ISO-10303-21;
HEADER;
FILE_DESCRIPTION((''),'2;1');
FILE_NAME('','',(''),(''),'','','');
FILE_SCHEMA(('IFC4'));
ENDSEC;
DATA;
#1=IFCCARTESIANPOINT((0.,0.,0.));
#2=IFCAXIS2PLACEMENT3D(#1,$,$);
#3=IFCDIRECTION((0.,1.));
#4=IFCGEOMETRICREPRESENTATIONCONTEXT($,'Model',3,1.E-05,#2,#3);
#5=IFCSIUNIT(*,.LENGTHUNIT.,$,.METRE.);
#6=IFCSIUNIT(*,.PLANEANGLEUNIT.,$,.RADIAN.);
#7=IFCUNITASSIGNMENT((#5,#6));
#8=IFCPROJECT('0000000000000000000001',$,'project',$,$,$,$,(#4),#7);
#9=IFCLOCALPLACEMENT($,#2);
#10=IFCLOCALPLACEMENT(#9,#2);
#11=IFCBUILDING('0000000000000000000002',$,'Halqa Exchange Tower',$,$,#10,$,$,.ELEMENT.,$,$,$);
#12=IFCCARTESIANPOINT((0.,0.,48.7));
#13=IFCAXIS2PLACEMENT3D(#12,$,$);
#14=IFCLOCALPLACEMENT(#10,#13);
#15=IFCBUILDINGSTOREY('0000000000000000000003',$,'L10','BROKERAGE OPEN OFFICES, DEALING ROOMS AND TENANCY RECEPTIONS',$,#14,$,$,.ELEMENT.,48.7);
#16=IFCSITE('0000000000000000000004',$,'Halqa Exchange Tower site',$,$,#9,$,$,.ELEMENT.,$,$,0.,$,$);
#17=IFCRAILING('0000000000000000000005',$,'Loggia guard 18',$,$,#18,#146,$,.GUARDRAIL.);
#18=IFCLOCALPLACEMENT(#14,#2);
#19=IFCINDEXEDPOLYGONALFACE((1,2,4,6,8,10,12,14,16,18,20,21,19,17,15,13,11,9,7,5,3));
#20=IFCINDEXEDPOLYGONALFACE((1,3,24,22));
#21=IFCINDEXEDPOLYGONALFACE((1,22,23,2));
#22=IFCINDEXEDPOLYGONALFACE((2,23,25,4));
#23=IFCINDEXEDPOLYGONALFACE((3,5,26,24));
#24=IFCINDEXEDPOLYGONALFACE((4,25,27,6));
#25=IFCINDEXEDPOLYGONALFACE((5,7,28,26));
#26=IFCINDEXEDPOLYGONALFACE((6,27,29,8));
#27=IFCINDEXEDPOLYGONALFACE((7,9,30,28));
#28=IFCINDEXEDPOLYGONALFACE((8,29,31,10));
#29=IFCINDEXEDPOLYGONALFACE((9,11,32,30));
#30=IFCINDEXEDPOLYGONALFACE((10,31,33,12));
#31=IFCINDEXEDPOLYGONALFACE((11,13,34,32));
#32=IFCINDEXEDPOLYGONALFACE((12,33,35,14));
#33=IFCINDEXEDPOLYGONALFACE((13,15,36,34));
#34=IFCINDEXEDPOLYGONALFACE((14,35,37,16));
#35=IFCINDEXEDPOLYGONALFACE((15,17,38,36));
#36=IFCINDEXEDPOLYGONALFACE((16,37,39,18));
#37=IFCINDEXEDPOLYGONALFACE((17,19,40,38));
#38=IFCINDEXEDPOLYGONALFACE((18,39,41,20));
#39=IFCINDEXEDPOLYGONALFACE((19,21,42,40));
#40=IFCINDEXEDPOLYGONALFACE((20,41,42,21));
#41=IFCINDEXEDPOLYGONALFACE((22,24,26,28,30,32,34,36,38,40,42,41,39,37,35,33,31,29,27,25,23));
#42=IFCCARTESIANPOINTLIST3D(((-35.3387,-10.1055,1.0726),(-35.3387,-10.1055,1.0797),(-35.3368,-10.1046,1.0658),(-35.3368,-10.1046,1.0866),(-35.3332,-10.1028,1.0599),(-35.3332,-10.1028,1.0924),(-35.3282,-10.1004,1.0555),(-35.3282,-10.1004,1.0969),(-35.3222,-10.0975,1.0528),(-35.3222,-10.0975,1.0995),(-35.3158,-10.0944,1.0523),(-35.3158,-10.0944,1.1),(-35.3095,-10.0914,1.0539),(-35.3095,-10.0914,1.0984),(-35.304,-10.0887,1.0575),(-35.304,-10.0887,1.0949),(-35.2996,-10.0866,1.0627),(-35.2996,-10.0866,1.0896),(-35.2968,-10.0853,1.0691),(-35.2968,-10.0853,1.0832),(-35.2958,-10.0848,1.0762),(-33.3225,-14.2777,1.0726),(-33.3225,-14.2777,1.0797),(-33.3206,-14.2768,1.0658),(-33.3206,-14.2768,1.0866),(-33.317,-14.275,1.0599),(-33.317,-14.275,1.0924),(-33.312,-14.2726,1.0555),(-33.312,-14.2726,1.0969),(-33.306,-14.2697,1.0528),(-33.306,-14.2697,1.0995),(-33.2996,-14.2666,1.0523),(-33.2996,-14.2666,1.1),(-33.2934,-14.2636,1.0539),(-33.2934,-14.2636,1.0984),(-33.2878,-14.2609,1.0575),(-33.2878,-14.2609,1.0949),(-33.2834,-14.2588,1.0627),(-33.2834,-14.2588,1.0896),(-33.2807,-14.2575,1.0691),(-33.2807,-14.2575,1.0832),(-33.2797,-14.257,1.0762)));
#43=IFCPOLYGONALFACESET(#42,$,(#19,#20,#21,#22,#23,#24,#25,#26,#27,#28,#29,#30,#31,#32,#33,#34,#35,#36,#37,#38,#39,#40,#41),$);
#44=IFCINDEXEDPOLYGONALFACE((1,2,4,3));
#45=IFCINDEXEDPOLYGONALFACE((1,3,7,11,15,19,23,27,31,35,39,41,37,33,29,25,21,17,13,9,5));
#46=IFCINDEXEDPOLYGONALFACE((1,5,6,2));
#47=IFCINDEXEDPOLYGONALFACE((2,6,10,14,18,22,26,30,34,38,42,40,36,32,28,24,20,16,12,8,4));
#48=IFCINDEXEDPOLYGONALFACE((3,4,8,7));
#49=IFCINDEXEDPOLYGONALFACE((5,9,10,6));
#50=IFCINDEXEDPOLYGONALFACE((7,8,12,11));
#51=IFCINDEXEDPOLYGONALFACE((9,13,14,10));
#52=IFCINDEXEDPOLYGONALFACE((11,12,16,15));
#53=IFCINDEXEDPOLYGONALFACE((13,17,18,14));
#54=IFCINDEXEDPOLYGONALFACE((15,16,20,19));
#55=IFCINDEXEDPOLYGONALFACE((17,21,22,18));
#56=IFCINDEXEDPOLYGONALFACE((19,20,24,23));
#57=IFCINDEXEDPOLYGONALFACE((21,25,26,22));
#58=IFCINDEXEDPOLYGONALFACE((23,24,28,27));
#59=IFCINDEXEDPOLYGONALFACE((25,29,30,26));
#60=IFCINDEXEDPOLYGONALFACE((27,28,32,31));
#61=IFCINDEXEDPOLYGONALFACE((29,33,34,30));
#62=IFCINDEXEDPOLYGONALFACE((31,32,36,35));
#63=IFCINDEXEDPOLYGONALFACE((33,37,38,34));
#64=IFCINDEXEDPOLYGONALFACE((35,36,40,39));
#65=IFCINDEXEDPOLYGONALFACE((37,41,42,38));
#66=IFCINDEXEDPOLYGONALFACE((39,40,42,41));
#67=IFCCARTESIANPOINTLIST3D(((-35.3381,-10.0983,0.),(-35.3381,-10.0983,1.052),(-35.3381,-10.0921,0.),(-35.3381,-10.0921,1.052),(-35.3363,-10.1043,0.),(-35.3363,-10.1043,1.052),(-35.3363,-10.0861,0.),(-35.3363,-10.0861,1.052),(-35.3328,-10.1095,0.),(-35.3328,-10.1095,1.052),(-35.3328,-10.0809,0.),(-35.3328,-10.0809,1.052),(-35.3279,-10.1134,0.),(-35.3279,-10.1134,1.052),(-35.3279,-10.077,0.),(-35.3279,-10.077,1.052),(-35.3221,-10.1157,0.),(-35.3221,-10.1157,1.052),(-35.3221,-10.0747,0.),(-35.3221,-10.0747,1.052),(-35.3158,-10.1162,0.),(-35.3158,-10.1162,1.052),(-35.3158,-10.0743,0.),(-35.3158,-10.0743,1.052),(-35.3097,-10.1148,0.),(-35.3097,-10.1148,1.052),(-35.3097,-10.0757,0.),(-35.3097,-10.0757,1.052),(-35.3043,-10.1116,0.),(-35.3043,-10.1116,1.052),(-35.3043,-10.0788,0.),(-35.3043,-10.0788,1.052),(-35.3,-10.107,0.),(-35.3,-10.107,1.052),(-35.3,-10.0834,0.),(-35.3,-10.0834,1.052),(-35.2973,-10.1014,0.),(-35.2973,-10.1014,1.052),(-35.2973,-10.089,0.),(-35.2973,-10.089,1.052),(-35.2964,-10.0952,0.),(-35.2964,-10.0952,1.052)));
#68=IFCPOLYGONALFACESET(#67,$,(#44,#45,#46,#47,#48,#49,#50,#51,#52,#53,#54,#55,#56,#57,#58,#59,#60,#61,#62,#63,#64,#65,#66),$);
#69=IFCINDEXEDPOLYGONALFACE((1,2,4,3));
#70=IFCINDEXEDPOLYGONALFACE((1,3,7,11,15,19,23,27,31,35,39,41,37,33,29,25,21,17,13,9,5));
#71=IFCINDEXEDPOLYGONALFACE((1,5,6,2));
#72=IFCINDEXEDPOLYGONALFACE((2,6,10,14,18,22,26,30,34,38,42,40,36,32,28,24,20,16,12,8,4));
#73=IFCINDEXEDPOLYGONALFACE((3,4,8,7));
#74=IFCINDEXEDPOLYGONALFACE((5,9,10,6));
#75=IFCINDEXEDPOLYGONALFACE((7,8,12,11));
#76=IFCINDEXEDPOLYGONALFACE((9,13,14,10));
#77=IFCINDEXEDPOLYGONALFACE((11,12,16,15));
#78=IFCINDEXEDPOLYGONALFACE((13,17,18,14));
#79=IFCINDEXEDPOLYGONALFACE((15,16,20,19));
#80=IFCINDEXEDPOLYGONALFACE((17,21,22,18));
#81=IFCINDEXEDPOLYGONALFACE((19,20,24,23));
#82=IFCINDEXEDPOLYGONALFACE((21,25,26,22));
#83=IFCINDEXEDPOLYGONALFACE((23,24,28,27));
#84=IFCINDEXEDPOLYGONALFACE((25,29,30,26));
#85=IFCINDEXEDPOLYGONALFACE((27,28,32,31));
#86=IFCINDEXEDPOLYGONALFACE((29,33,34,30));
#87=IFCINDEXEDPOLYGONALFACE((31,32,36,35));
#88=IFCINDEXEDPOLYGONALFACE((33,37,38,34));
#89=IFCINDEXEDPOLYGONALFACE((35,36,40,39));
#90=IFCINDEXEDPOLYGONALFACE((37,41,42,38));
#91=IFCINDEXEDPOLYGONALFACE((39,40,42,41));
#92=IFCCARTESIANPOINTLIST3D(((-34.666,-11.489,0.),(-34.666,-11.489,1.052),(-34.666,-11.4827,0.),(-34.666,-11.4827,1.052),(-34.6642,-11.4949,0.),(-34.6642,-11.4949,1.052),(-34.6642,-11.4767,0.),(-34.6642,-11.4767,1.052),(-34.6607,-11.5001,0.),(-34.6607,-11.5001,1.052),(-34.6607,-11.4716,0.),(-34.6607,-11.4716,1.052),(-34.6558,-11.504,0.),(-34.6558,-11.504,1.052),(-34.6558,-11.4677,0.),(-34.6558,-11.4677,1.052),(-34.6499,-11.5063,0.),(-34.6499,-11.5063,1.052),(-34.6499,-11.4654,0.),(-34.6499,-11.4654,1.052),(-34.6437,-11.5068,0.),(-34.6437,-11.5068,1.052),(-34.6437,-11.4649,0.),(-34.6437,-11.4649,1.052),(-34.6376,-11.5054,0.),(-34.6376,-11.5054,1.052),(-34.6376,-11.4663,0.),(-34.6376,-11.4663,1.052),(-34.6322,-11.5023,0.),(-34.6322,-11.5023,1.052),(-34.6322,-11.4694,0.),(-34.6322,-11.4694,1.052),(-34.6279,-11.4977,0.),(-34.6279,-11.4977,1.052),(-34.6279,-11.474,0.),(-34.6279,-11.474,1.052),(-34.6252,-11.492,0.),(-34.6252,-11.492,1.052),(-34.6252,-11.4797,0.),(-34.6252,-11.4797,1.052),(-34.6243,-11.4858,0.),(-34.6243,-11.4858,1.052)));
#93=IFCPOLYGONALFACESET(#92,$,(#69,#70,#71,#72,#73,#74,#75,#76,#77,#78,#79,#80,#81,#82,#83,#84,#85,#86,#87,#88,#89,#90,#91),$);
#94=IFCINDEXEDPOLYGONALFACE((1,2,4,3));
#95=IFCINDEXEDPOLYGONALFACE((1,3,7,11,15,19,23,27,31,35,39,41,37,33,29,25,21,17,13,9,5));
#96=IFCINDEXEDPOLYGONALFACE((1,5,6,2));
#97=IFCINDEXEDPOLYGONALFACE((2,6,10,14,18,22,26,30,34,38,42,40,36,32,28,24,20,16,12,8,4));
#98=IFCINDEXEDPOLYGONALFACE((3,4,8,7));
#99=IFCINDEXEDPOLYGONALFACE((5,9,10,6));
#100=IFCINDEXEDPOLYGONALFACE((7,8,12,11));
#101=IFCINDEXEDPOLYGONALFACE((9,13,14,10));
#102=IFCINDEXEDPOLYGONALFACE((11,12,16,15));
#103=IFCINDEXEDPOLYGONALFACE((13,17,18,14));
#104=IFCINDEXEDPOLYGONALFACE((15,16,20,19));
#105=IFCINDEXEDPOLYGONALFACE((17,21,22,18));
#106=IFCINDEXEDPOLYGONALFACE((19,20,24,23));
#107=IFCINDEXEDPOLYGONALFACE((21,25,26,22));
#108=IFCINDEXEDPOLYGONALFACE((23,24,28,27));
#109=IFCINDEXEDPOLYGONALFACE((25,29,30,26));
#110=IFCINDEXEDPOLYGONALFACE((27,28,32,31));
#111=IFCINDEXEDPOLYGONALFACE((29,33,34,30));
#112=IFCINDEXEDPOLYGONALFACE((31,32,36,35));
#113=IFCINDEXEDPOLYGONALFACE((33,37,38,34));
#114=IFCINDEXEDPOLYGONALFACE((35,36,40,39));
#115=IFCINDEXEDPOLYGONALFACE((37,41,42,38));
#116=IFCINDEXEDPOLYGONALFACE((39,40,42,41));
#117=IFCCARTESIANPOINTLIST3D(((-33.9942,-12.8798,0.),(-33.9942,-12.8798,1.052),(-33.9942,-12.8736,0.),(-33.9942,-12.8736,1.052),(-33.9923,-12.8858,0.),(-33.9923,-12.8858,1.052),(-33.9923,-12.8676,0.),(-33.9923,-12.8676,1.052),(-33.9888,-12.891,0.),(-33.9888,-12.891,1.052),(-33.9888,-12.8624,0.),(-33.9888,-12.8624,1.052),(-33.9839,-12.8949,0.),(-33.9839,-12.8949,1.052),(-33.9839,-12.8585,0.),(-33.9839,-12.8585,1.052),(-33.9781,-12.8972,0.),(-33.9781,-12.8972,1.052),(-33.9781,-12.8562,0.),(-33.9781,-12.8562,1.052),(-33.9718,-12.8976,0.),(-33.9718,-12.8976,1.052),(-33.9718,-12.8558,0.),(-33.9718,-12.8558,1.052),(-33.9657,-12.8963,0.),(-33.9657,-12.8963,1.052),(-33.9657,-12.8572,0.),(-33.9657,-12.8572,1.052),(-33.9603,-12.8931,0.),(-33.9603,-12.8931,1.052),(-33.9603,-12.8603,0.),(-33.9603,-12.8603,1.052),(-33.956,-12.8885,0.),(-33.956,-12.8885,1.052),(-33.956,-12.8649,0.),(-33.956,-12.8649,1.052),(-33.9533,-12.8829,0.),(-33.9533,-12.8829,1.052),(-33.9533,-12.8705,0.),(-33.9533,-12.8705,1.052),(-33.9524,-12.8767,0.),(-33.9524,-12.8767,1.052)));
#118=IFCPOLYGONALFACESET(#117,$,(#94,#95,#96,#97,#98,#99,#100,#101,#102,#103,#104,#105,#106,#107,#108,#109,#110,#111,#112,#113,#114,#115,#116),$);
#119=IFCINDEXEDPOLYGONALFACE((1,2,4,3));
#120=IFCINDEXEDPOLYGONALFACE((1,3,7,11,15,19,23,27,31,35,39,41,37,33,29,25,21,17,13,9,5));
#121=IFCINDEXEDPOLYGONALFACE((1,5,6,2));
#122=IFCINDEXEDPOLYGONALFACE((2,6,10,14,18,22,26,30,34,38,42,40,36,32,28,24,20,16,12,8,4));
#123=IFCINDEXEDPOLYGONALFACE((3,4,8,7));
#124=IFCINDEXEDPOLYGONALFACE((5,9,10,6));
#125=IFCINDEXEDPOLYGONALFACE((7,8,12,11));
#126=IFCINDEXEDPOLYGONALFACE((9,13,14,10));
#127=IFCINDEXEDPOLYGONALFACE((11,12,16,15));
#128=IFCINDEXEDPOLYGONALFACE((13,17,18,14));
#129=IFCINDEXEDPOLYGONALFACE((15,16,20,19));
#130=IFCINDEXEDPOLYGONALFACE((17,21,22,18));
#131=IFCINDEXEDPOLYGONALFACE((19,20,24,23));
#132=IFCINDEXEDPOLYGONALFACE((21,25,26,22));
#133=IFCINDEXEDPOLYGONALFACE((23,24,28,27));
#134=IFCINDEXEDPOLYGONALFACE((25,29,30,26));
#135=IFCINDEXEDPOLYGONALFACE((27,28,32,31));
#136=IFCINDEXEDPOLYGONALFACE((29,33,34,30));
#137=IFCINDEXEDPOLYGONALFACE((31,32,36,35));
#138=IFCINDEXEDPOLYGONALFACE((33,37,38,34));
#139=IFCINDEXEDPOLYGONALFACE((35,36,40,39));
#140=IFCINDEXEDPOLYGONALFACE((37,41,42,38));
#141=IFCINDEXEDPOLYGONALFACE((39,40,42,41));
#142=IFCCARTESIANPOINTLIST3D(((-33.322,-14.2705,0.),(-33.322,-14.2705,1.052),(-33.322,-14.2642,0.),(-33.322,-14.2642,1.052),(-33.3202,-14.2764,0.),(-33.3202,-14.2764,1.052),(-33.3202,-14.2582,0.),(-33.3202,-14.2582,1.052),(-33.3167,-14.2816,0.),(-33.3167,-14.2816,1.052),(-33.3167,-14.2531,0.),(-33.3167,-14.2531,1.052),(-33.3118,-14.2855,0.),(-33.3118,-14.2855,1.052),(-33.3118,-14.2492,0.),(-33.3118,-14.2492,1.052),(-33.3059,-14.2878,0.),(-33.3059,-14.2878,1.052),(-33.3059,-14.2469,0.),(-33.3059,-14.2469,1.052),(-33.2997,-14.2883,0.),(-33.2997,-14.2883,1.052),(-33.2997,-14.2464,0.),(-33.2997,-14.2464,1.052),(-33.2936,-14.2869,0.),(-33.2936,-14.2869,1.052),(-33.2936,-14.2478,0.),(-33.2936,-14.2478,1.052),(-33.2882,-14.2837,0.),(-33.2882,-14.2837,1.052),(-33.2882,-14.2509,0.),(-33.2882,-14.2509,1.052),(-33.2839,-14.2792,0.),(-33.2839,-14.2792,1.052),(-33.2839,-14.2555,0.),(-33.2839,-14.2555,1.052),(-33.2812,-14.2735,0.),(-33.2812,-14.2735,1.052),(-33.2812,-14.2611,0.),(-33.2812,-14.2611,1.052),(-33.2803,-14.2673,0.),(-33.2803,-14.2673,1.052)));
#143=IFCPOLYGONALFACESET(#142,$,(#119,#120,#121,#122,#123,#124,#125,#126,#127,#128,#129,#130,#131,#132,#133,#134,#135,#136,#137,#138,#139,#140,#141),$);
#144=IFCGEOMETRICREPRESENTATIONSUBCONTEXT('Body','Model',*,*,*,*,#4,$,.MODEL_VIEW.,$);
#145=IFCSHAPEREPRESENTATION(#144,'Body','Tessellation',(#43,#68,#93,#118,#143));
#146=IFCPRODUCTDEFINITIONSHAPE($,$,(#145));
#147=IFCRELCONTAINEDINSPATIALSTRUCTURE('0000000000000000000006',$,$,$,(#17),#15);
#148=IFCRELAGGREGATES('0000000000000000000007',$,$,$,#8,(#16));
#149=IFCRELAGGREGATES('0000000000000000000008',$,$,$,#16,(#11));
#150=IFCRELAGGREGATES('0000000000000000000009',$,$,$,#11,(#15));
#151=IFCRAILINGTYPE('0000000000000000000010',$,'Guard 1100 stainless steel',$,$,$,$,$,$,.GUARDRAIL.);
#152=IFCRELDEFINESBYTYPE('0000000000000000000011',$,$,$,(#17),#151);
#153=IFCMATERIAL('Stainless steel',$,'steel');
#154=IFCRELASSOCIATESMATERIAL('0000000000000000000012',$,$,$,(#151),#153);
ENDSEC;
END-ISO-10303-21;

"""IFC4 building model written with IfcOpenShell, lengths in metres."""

from ifc_helpers import new_model, si_unit, direction, frame, origin, origin_2d, place, context, subcontext, project, spatial, circle, extrude, material, type_object, element, save


model = new_model("IFC4")

# Units and contexts
model_context = context("Model", 3, precision=1e-05, world=origin(), true_north=direction((0.0, 1.0)))
body_context = subcontext(model_context, "Body", "Model", "MODEL_VIEW")
ifc_project = project(units=[si_unit("LENGTHUNIT", "METRE"), si_unit("PLANEANGLEUNIT", "RADIAN")], contexts=[model_context])

# Site, building, storey
site_placement = place(None, origin())
site = spatial("IfcSite", under=ifc_project, at=site_placement, Name="Halqa Exchange Tower site", CompositionType="ELEMENT", RefElevation=0.0)
building_placement = place(site_placement, origin())
building = spatial("IfcBuilding", under=site, at=building_placement, Name="Halqa Exchange Tower", CompositionType="ELEMENT")
storey_placement = place(building_placement, frame((0.0, 0.0, 48.7)))
storey = spatial("IfcBuildingStorey", under=building, at=storey_placement, Name="L10", Description="BROKERAGE OPEN OFFICES, DEALING ROOMS AND TENANCY RECEPTIONS", CompositionType="ELEMENT", Elevation=48.7)

# Railing
ifc_material_1 = material(Name="Stainless steel", Category="steel")
railing_type = type_object("IfcRailingType", Name="Guard 1100 stainless steel", PredefinedType="GUARDRAIL", material=ifc_material_1)
railing_1_placement = place(storey_placement, frame((-35.3174, -10.0952, 0.0)))
element("IfcRailing", 1, at=railing_1_placement, inside=storey, type_object=railing_type, Name="Loggia guard 18", PredefinedType="GUARDRAIL", context=body_context, shape_type="SweptSolid", body=[
    extrude(circle(Radius=0.0239, at=origin_2d()), frame((0.0, 0.0, 1.0762), z_axis=(0.435097, -0.900384, 0.0), x_axis=(0.900384, 0.435097, 0.0)), (0.0, 0.0, 1.0), 4.6338),
    extrude(circle(Radius=0.021, at=origin_2d()), origin(), (0.0, 0.0, 1.0), 1.052),
    extrude(circle(Radius=0.021, at=origin_2d()), frame((0.6721, -1.3906, 0.0)), (0.0, 0.0, 1.0), 1.052),
    extrude(circle(Radius=0.021, at=origin_2d()), frame((1.344, -2.7815, 0.0)), (0.0, 0.0, 1.0), 1.052),
    extrude(circle(Radius=0.021, at=origin_2d()), frame((2.0161, -4.1721, 0.0)), (0.0, 0.0, 1.0), 1.052),
])

save(model, "model.ifc")
